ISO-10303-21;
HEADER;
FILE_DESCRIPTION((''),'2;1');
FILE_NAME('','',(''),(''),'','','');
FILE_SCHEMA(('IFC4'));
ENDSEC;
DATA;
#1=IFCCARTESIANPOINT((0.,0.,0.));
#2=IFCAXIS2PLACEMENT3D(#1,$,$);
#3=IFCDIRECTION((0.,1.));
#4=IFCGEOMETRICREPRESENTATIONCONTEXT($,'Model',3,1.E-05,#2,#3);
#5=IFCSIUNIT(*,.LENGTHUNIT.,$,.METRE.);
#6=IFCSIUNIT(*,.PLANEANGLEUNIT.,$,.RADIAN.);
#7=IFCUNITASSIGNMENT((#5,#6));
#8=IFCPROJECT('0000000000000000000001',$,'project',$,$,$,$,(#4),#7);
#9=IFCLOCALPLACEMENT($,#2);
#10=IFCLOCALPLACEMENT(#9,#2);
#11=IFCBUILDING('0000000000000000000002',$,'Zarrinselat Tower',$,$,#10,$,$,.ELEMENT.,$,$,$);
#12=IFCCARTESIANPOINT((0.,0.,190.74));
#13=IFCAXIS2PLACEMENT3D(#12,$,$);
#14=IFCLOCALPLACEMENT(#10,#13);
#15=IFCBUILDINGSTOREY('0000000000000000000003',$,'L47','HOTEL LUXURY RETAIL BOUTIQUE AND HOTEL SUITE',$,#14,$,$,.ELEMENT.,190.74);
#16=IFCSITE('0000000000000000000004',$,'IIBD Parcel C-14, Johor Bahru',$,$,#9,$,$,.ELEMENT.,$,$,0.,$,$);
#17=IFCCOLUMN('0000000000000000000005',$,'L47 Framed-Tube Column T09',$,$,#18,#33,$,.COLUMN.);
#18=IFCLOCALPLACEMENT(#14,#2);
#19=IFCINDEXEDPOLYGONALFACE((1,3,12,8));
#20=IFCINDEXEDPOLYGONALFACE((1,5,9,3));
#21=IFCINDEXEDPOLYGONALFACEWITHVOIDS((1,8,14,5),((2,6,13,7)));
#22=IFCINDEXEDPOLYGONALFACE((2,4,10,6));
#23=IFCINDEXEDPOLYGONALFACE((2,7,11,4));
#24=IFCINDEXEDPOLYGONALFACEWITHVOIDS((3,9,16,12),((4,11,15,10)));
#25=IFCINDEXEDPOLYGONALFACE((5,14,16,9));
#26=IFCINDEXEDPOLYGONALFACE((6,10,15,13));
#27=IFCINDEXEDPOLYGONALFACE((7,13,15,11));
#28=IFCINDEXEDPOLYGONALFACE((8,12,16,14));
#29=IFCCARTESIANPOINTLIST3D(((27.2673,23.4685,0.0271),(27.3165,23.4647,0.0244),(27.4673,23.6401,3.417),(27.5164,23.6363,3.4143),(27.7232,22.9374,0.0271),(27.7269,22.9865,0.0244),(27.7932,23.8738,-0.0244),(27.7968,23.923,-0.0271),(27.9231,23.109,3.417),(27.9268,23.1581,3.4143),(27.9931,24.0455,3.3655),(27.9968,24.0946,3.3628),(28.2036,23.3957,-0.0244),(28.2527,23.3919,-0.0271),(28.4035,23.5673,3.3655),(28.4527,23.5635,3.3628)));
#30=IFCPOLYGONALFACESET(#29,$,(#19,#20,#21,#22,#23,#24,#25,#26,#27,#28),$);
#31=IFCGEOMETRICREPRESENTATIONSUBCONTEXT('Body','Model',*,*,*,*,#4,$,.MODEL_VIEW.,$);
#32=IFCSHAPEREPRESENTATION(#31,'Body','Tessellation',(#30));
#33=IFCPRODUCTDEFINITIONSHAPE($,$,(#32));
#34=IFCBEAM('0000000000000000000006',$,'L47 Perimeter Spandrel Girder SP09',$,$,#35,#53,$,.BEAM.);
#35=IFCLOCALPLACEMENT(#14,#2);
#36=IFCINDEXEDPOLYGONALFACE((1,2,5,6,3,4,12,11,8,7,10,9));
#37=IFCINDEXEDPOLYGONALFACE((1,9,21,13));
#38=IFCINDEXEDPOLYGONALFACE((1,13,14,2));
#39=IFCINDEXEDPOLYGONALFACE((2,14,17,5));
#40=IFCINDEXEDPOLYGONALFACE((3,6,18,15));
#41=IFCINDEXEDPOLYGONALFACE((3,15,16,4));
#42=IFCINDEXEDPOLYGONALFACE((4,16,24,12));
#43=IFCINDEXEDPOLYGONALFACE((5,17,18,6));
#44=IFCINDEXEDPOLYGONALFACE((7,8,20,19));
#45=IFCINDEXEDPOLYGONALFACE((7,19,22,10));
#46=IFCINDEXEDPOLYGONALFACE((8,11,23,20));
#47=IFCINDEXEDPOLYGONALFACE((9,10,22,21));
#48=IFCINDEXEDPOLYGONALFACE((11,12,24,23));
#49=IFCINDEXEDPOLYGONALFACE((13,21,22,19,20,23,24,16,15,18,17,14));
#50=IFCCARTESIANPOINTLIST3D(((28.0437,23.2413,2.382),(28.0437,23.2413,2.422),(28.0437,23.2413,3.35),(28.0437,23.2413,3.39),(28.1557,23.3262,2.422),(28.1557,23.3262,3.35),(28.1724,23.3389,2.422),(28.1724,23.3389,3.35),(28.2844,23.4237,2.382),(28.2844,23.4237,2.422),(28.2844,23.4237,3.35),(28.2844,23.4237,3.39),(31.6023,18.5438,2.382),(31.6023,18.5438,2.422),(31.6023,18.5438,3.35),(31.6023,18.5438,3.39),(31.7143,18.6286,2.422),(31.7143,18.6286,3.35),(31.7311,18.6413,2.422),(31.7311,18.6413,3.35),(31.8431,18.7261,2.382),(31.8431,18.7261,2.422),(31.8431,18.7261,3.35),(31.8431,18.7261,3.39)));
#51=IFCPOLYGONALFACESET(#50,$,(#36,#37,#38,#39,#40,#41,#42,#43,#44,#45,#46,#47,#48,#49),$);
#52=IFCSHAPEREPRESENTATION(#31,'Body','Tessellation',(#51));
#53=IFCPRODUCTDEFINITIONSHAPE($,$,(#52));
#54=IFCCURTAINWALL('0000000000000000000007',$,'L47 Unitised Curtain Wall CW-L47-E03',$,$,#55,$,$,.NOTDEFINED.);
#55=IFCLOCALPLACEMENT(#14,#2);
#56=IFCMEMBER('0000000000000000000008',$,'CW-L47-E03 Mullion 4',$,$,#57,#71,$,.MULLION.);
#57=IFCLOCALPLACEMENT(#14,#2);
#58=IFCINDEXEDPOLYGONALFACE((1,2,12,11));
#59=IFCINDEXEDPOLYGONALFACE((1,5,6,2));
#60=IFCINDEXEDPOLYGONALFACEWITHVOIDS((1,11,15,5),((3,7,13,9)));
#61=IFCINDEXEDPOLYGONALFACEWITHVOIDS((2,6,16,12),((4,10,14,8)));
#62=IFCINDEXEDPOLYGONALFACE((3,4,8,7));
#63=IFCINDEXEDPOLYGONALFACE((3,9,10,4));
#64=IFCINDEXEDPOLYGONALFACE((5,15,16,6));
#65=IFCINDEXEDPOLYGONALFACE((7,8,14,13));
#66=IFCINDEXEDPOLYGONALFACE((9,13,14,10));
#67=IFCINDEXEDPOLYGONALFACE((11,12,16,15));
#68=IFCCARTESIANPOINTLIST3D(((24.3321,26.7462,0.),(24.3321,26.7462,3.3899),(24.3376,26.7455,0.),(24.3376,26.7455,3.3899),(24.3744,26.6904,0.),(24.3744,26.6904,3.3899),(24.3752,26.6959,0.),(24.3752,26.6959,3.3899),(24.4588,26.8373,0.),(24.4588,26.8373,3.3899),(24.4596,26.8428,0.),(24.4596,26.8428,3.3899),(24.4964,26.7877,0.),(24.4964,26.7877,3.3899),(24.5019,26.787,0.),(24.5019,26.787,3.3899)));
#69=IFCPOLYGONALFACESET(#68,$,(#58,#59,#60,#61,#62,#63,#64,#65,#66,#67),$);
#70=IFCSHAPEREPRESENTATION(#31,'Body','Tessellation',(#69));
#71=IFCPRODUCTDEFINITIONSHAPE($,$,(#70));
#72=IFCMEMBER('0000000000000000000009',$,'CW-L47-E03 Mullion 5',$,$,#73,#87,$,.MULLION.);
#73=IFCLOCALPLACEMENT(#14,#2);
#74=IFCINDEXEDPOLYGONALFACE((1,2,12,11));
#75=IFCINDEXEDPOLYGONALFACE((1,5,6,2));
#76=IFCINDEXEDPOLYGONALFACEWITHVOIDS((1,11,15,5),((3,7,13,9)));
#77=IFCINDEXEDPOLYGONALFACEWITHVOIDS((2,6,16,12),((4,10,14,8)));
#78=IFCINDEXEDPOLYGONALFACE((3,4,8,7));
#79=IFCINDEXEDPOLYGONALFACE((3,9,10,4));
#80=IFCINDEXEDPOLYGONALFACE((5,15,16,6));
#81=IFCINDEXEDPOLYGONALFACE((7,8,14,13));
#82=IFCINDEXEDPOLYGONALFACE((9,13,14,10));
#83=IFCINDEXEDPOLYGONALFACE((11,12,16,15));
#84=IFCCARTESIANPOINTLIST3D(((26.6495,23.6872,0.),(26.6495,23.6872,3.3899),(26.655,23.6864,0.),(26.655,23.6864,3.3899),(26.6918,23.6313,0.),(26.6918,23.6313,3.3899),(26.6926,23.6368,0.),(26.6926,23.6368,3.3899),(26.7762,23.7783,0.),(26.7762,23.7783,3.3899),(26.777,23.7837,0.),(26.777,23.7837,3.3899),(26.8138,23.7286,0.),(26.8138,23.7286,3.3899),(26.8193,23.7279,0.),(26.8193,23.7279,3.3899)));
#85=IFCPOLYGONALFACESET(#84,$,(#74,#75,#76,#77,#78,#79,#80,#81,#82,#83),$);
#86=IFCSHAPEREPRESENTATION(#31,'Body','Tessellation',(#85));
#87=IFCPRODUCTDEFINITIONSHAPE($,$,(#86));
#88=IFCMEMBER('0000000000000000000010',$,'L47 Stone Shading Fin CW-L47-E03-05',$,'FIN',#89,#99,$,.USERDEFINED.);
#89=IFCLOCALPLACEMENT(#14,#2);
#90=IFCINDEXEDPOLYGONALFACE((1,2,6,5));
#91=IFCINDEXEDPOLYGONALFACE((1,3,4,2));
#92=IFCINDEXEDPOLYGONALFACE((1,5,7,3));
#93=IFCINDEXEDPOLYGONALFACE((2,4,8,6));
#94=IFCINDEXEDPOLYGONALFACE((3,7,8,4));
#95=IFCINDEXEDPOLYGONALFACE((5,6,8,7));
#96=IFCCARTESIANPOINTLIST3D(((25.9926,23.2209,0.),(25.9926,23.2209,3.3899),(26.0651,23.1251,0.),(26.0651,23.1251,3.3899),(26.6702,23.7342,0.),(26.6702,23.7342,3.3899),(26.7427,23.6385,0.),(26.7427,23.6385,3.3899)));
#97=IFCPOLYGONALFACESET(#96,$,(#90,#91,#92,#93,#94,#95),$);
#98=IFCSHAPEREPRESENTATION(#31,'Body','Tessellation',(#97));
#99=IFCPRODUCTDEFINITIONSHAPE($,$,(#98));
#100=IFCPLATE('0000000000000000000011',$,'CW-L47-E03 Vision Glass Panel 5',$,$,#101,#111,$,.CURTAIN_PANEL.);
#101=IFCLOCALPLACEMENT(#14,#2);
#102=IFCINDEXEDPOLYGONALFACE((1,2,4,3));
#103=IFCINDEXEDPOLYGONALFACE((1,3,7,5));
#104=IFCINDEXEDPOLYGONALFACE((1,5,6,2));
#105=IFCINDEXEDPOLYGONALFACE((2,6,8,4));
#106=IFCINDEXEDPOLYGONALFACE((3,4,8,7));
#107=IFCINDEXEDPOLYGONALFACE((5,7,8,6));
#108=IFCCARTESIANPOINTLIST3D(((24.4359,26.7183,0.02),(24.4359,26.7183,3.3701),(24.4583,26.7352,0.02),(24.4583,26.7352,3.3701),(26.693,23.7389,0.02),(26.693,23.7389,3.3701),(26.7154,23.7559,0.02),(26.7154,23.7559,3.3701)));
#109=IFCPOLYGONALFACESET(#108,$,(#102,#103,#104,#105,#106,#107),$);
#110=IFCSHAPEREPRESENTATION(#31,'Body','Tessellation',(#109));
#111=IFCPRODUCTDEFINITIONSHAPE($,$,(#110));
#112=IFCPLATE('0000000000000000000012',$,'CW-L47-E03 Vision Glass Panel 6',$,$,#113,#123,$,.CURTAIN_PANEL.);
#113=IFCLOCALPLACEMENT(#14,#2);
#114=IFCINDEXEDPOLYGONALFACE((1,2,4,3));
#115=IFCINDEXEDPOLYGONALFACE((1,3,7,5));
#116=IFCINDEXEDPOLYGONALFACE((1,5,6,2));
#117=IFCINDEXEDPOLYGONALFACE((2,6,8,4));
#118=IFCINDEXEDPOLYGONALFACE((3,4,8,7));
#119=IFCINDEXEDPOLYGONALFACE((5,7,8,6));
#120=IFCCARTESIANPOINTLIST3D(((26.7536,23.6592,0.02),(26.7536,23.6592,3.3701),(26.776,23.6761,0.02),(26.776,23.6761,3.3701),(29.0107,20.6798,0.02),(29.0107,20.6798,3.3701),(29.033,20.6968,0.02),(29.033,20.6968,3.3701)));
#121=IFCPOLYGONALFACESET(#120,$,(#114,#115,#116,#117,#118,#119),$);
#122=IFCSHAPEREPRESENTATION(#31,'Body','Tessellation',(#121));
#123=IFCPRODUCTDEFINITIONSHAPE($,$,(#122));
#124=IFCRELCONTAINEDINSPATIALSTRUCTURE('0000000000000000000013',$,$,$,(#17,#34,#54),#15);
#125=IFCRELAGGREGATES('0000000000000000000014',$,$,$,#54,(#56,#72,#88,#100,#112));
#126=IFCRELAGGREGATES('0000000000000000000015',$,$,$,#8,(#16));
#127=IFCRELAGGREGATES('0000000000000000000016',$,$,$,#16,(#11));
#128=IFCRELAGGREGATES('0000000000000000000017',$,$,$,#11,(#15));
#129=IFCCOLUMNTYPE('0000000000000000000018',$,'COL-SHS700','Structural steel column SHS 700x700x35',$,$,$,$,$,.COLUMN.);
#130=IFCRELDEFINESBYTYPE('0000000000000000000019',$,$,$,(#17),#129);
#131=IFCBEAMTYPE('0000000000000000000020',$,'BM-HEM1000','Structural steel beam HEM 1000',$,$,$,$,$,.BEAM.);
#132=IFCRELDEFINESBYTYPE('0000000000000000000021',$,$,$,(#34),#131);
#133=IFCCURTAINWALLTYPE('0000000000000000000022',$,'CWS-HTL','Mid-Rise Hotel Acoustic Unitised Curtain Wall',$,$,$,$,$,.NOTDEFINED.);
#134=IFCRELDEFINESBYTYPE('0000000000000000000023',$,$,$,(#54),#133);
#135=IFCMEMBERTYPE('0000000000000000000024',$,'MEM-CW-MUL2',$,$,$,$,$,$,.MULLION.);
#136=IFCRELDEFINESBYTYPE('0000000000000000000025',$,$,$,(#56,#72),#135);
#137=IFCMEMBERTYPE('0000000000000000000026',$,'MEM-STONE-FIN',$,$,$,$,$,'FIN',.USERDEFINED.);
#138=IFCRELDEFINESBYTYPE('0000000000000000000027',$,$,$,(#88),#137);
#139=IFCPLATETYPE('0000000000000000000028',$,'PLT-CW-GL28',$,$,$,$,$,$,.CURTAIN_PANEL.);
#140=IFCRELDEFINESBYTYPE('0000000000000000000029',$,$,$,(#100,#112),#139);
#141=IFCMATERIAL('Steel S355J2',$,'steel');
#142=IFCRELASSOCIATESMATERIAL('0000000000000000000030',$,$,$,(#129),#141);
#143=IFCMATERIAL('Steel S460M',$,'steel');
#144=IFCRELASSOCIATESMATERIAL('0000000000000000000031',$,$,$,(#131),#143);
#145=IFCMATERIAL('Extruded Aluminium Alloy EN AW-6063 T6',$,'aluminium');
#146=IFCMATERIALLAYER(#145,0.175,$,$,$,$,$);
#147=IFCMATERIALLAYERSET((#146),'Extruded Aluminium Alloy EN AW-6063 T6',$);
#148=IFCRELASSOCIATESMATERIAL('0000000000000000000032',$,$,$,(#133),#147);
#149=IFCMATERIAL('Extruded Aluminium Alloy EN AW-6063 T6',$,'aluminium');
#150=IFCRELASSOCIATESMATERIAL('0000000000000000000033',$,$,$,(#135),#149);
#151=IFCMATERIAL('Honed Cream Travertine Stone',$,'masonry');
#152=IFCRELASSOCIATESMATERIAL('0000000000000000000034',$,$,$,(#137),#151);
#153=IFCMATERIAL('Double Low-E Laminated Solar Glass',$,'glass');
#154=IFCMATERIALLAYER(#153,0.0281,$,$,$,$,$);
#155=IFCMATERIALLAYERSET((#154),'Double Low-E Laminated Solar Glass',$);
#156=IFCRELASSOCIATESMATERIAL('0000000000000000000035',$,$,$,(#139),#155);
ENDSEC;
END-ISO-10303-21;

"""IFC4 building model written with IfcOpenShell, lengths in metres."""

from ifc_helpers import new_model, si_unit, direction, frame, origin, origin_2d, place, context, subcontext, project, spatial, rectangle, hollow_rectangle, i_section, extrude, material, layer, layer_set, material_profile, profile_set, type_object, element, aggregate, save


model = new_model("IFC4")

# Units and contexts
model_context = context("Model", 3, precision=1e-05, world=origin(), true_north=direction((0.0, 1.0)))
body_context = subcontext(model_context, "Body", "Model", "MODEL_VIEW")
ifc_project = project(units=[si_unit("LENGTHUNIT", "METRE"), si_unit("PLANEANGLEUNIT", "RADIAN")], contexts=[model_context])

# Site, building, storey
site_placement = place(None, origin())
site = spatial("IfcSite", under=ifc_project, at=site_placement, Name="IIBD Parcel C-14, Johor Bahru", CompositionType="ELEMENT", RefElevation=0.0)
building_placement = place(site_placement, origin())
building = spatial("IfcBuilding", under=site, at=building_placement, Name="Zarrinselat Tower", CompositionType="ELEMENT")
storey_placement = place(building_placement, frame((0.0, 0.0, 190.74)))
storey = spatial("IfcBuildingStorey", under=building, at=storey_placement, Name="L47", Description="HOTEL LUXURY RETAIL BOUTIQUE AND HOTEL SUITE", CompositionType="ELEMENT", Elevation=190.74)

# Column
ifc_material_1 = material(Name="Steel S355J2", Category="steel")
ifc_material_profile_1 = material_profile(ifc_material_1, hollow_rectangle(XDim=0.7, YDim=0.7, WallThickness=0.0349, at=origin_2d()), Name="SHS 700x700x35")
ifc_profile_set_1 = profile_set([ifc_material_profile_1], Name="Steel S355J2")
column_type = type_object("IfcColumnType", Name="COL-SHS700", Description="Structural steel column SHS 700x700x35", PredefinedType="COLUMN", material=ifc_profile_set_1)
column_placement = place(storey_placement, frame((27.76, 23.4302, 0.0), z_axis=(0.058807, 0.050478, 0.996992), x_axis=(-0.651325, 0.758799, 0.0)))
element("IfcColumn", 1, at=column_placement, inside=storey, type_object=column_type, Name="L47 Framed-Tube Column T09", PredefinedType="COLUMN", context=body_context, shape_type="SweptSolid", body=[
    extrude(hollow_rectangle(XDim=0.7, YDim=0.7, WallThickness=0.0349, at=origin_2d()), origin(), (0.0, 0.0, 1.0), 3.4001),
])

# Beam
ifc_material_2 = material(Name="Steel S460M", Category="steel")
ifc_material_profile_2 = material_profile(ifc_material_2, i_section(OverallWidth=0.302, OverallDepth=1.0081, WebThickness=0.021, FlangeThickness=0.04, at=origin_2d()), Name="HEM 1000")
ifc_profile_set_2 = profile_set([ifc_material_profile_2], Name="Steel S460M")
beam_type = type_object("IfcBeamType", Name="BM-HEM1000", Description="Structural steel beam HEM 1000", PredefinedType="BEAM", material=ifc_profile_set_2)
beam_placement = place(storey_placement, frame((28.1641, 23.3325, 2.886), z_axis=(0.603844, -0.797102, 0.0), x_axis=(0.797102, 0.603844, 0.0)))
element("IfcBeam", 2, at=beam_placement, inside=storey, type_object=beam_type, Name="L47 Perimeter Spandrel Girder SP09", PredefinedType="BEAM", context=body_context, shape_type="SweptSolid", body=[
    extrude(i_section(OverallWidth=0.302, OverallDepth=1.0081, WebThickness=0.021, FlangeThickness=0.04, at=origin_2d()), origin(), (0.0, 0.0, 1.0), 5.8933),
])

# Curtain wall, members, plates
ifc_material_3 = material(Name="Extruded Aluminium Alloy EN AW-6063 T6", Category="aluminium")
ifc_layer_1 = layer(ifc_material_3, 0.175)
ifc_layer_set_1 = layer_set([ifc_layer_1], Name="Extruded Aluminium Alloy EN AW-6063 T6")
curtain_wall_type = type_object("IfcCurtainWallType", Name="CWS-HTL", Description="Mid-Rise Hotel Acoustic Unitised Curtain Wall", PredefinedType="NOTDEFINED", material=ifc_layer_set_1)
curtain_wall_placement = place(storey_placement, origin())
curtain_wall = element("IfcCurtainWall", 3, at=curtain_wall_placement, inside=storey, type_object=curtain_wall_type, Name="L47 Unitised Curtain Wall CW-L47-E03", PredefinedType="NOTDEFINED")
ifc_material_4 = material(Name="Extruded Aluminium Alloy EN AW-6063 T6", Category="aluminium")
ifc_material_profile_3 = material_profile(ifc_material_4, hollow_rectangle(XDim=0.0701, YDim=0.1599, WallThickness=0.0039, at=origin_2d()), Name="RHS 160x70x4")
ifc_profile_set_3 = profile_set([ifc_material_profile_3], Name="Extruded Aluminium Alloy EN AW-6063 T6")
member_type_1 = type_object("IfcMemberType", Name="MEM-CW-MUL2", PredefinedType="MULLION", material=ifc_profile_set_3)
member_1_placement = place(storey_placement, frame((24.417, 26.7666, 0.0), z_axis=(0.0, 0.0, 1.0), x_axis=(0.603857, -0.797093, 0.0)))
member_1 = element("IfcMember", 4, at=member_1_placement, type_object=member_type_1, Name="CW-L47-E03 Mullion 4", PredefinedType="MULLION", context=body_context, shape_type="SweptSolid", body=[
    extrude(hollow_rectangle(XDim=0.0701, YDim=0.1599, WallThickness=0.0039, at=origin_2d()), origin(), (0.0, 0.0, 1.0), 3.3899),
])
member_2_placement = place(storey_placement, frame((26.7344, 23.7075, 0.0), z_axis=(0.0, 0.0, 1.0), x_axis=(0.603857, -0.797093, 0.0)))
member_2 = element("IfcMember", 5, at=member_2_placement, type_object=member_type_1, Name="CW-L47-E03 Mullion 5", PredefinedType="MULLION", context=body_context, shape_type="SweptSolid", body=[
    extrude(hollow_rectangle(XDim=0.0701, YDim=0.1599, WallThickness=0.0039, at=origin_2d()), origin(), (0.0, 0.0, 1.0), 3.3899),
])
ifc_material_5 = material(Name="Honed Cream Travertine Stone", Category="masonry")
ifc_material_profile_4 = material_profile(ifc_material_5, rectangle(XDim=0.1201, YDim=0.8501, at=origin_2d()), Name="FIN 850x120")
ifc_profile_set_4 = profile_set([ifc_material_profile_4], Name="Honed Cream Travertine Stone")
member_type_2 = type_object("IfcMemberType", Name="MEM-STONE-FIN", ElementType="FIN", PredefinedType="USERDEFINED", material=ifc_profile_set_4)
member_3_placement = place(storey_placement, frame((26.3677, 23.4297, 0.0), z_axis=(0.0, 0.0, 1.0), x_axis=(-0.603857, 0.797093, 0.0)))
member_3 = element("IfcMember", 6, at=member_3_placement, type_object=member_type_2, Name="L47 Stone Shading Fin CW-L47-E03-05", ObjectType="FIN", PredefinedType="USERDEFINED", context=body_context, shape_type="SweptSolid", body=[
    extrude(rectangle(XDim=0.1201, YDim=0.8501, at=origin_2d()), origin(), (0.0, 0.0, 1.0), 3.3899),
])
ifc_material_6 = material(Name="Double Low-E Laminated Solar Glass", Category="glass")
ifc_layer_2 = layer(ifc_material_6, 0.0281)
ifc_layer_set_2 = layer_set([ifc_layer_2], Name="Double Low-E Laminated Solar Glass")
plate_type = type_object("IfcPlateType", Name="PLT-CW-GL28", PredefinedType="CURTAIN_PANEL", material=ifc_layer_set_2)
plate_1_placement = place(storey_placement, frame((25.5757, 25.2371, 0.02), z_axis=(0.0, 0.0, 1.0), x_axis=(0.603857, -0.797093, 0.0)))
plate_1 = element("IfcPlate", 7, at=plate_1_placement, type_object=plate_type, Name="CW-L47-E03 Vision Glass Panel 5", PredefinedType="CURTAIN_PANEL", context=body_context, shape_type="SweptSolid", body=[
    extrude(rectangle(XDim=3.7378, YDim=0.0281, at=origin_2d()), origin(), (0.0, 0.0, 1.0), 3.3501),
])
plate_2_placement = place(storey_placement, frame((27.8933, 22.178, 0.02), z_axis=(0.0, 0.0, 1.0), x_axis=(0.603857, -0.797093, 0.0)))
plate_2 = element("IfcPlate", 8, at=plate_2_placement, type_object=plate_type, Name="CW-L47-E03 Vision Glass Panel 6", PredefinedType="CURTAIN_PANEL", context=body_context, shape_type="SweptSolid", body=[
    extrude(rectangle(XDim=3.7378, YDim=0.0281, at=origin_2d()), origin(), (0.0, 0.0, 1.0), 3.3501),
])
aggregate(curtain_wall, [member_1, member_2, member_3, plate_1, plate_2])

save(model, "model.ifc")
